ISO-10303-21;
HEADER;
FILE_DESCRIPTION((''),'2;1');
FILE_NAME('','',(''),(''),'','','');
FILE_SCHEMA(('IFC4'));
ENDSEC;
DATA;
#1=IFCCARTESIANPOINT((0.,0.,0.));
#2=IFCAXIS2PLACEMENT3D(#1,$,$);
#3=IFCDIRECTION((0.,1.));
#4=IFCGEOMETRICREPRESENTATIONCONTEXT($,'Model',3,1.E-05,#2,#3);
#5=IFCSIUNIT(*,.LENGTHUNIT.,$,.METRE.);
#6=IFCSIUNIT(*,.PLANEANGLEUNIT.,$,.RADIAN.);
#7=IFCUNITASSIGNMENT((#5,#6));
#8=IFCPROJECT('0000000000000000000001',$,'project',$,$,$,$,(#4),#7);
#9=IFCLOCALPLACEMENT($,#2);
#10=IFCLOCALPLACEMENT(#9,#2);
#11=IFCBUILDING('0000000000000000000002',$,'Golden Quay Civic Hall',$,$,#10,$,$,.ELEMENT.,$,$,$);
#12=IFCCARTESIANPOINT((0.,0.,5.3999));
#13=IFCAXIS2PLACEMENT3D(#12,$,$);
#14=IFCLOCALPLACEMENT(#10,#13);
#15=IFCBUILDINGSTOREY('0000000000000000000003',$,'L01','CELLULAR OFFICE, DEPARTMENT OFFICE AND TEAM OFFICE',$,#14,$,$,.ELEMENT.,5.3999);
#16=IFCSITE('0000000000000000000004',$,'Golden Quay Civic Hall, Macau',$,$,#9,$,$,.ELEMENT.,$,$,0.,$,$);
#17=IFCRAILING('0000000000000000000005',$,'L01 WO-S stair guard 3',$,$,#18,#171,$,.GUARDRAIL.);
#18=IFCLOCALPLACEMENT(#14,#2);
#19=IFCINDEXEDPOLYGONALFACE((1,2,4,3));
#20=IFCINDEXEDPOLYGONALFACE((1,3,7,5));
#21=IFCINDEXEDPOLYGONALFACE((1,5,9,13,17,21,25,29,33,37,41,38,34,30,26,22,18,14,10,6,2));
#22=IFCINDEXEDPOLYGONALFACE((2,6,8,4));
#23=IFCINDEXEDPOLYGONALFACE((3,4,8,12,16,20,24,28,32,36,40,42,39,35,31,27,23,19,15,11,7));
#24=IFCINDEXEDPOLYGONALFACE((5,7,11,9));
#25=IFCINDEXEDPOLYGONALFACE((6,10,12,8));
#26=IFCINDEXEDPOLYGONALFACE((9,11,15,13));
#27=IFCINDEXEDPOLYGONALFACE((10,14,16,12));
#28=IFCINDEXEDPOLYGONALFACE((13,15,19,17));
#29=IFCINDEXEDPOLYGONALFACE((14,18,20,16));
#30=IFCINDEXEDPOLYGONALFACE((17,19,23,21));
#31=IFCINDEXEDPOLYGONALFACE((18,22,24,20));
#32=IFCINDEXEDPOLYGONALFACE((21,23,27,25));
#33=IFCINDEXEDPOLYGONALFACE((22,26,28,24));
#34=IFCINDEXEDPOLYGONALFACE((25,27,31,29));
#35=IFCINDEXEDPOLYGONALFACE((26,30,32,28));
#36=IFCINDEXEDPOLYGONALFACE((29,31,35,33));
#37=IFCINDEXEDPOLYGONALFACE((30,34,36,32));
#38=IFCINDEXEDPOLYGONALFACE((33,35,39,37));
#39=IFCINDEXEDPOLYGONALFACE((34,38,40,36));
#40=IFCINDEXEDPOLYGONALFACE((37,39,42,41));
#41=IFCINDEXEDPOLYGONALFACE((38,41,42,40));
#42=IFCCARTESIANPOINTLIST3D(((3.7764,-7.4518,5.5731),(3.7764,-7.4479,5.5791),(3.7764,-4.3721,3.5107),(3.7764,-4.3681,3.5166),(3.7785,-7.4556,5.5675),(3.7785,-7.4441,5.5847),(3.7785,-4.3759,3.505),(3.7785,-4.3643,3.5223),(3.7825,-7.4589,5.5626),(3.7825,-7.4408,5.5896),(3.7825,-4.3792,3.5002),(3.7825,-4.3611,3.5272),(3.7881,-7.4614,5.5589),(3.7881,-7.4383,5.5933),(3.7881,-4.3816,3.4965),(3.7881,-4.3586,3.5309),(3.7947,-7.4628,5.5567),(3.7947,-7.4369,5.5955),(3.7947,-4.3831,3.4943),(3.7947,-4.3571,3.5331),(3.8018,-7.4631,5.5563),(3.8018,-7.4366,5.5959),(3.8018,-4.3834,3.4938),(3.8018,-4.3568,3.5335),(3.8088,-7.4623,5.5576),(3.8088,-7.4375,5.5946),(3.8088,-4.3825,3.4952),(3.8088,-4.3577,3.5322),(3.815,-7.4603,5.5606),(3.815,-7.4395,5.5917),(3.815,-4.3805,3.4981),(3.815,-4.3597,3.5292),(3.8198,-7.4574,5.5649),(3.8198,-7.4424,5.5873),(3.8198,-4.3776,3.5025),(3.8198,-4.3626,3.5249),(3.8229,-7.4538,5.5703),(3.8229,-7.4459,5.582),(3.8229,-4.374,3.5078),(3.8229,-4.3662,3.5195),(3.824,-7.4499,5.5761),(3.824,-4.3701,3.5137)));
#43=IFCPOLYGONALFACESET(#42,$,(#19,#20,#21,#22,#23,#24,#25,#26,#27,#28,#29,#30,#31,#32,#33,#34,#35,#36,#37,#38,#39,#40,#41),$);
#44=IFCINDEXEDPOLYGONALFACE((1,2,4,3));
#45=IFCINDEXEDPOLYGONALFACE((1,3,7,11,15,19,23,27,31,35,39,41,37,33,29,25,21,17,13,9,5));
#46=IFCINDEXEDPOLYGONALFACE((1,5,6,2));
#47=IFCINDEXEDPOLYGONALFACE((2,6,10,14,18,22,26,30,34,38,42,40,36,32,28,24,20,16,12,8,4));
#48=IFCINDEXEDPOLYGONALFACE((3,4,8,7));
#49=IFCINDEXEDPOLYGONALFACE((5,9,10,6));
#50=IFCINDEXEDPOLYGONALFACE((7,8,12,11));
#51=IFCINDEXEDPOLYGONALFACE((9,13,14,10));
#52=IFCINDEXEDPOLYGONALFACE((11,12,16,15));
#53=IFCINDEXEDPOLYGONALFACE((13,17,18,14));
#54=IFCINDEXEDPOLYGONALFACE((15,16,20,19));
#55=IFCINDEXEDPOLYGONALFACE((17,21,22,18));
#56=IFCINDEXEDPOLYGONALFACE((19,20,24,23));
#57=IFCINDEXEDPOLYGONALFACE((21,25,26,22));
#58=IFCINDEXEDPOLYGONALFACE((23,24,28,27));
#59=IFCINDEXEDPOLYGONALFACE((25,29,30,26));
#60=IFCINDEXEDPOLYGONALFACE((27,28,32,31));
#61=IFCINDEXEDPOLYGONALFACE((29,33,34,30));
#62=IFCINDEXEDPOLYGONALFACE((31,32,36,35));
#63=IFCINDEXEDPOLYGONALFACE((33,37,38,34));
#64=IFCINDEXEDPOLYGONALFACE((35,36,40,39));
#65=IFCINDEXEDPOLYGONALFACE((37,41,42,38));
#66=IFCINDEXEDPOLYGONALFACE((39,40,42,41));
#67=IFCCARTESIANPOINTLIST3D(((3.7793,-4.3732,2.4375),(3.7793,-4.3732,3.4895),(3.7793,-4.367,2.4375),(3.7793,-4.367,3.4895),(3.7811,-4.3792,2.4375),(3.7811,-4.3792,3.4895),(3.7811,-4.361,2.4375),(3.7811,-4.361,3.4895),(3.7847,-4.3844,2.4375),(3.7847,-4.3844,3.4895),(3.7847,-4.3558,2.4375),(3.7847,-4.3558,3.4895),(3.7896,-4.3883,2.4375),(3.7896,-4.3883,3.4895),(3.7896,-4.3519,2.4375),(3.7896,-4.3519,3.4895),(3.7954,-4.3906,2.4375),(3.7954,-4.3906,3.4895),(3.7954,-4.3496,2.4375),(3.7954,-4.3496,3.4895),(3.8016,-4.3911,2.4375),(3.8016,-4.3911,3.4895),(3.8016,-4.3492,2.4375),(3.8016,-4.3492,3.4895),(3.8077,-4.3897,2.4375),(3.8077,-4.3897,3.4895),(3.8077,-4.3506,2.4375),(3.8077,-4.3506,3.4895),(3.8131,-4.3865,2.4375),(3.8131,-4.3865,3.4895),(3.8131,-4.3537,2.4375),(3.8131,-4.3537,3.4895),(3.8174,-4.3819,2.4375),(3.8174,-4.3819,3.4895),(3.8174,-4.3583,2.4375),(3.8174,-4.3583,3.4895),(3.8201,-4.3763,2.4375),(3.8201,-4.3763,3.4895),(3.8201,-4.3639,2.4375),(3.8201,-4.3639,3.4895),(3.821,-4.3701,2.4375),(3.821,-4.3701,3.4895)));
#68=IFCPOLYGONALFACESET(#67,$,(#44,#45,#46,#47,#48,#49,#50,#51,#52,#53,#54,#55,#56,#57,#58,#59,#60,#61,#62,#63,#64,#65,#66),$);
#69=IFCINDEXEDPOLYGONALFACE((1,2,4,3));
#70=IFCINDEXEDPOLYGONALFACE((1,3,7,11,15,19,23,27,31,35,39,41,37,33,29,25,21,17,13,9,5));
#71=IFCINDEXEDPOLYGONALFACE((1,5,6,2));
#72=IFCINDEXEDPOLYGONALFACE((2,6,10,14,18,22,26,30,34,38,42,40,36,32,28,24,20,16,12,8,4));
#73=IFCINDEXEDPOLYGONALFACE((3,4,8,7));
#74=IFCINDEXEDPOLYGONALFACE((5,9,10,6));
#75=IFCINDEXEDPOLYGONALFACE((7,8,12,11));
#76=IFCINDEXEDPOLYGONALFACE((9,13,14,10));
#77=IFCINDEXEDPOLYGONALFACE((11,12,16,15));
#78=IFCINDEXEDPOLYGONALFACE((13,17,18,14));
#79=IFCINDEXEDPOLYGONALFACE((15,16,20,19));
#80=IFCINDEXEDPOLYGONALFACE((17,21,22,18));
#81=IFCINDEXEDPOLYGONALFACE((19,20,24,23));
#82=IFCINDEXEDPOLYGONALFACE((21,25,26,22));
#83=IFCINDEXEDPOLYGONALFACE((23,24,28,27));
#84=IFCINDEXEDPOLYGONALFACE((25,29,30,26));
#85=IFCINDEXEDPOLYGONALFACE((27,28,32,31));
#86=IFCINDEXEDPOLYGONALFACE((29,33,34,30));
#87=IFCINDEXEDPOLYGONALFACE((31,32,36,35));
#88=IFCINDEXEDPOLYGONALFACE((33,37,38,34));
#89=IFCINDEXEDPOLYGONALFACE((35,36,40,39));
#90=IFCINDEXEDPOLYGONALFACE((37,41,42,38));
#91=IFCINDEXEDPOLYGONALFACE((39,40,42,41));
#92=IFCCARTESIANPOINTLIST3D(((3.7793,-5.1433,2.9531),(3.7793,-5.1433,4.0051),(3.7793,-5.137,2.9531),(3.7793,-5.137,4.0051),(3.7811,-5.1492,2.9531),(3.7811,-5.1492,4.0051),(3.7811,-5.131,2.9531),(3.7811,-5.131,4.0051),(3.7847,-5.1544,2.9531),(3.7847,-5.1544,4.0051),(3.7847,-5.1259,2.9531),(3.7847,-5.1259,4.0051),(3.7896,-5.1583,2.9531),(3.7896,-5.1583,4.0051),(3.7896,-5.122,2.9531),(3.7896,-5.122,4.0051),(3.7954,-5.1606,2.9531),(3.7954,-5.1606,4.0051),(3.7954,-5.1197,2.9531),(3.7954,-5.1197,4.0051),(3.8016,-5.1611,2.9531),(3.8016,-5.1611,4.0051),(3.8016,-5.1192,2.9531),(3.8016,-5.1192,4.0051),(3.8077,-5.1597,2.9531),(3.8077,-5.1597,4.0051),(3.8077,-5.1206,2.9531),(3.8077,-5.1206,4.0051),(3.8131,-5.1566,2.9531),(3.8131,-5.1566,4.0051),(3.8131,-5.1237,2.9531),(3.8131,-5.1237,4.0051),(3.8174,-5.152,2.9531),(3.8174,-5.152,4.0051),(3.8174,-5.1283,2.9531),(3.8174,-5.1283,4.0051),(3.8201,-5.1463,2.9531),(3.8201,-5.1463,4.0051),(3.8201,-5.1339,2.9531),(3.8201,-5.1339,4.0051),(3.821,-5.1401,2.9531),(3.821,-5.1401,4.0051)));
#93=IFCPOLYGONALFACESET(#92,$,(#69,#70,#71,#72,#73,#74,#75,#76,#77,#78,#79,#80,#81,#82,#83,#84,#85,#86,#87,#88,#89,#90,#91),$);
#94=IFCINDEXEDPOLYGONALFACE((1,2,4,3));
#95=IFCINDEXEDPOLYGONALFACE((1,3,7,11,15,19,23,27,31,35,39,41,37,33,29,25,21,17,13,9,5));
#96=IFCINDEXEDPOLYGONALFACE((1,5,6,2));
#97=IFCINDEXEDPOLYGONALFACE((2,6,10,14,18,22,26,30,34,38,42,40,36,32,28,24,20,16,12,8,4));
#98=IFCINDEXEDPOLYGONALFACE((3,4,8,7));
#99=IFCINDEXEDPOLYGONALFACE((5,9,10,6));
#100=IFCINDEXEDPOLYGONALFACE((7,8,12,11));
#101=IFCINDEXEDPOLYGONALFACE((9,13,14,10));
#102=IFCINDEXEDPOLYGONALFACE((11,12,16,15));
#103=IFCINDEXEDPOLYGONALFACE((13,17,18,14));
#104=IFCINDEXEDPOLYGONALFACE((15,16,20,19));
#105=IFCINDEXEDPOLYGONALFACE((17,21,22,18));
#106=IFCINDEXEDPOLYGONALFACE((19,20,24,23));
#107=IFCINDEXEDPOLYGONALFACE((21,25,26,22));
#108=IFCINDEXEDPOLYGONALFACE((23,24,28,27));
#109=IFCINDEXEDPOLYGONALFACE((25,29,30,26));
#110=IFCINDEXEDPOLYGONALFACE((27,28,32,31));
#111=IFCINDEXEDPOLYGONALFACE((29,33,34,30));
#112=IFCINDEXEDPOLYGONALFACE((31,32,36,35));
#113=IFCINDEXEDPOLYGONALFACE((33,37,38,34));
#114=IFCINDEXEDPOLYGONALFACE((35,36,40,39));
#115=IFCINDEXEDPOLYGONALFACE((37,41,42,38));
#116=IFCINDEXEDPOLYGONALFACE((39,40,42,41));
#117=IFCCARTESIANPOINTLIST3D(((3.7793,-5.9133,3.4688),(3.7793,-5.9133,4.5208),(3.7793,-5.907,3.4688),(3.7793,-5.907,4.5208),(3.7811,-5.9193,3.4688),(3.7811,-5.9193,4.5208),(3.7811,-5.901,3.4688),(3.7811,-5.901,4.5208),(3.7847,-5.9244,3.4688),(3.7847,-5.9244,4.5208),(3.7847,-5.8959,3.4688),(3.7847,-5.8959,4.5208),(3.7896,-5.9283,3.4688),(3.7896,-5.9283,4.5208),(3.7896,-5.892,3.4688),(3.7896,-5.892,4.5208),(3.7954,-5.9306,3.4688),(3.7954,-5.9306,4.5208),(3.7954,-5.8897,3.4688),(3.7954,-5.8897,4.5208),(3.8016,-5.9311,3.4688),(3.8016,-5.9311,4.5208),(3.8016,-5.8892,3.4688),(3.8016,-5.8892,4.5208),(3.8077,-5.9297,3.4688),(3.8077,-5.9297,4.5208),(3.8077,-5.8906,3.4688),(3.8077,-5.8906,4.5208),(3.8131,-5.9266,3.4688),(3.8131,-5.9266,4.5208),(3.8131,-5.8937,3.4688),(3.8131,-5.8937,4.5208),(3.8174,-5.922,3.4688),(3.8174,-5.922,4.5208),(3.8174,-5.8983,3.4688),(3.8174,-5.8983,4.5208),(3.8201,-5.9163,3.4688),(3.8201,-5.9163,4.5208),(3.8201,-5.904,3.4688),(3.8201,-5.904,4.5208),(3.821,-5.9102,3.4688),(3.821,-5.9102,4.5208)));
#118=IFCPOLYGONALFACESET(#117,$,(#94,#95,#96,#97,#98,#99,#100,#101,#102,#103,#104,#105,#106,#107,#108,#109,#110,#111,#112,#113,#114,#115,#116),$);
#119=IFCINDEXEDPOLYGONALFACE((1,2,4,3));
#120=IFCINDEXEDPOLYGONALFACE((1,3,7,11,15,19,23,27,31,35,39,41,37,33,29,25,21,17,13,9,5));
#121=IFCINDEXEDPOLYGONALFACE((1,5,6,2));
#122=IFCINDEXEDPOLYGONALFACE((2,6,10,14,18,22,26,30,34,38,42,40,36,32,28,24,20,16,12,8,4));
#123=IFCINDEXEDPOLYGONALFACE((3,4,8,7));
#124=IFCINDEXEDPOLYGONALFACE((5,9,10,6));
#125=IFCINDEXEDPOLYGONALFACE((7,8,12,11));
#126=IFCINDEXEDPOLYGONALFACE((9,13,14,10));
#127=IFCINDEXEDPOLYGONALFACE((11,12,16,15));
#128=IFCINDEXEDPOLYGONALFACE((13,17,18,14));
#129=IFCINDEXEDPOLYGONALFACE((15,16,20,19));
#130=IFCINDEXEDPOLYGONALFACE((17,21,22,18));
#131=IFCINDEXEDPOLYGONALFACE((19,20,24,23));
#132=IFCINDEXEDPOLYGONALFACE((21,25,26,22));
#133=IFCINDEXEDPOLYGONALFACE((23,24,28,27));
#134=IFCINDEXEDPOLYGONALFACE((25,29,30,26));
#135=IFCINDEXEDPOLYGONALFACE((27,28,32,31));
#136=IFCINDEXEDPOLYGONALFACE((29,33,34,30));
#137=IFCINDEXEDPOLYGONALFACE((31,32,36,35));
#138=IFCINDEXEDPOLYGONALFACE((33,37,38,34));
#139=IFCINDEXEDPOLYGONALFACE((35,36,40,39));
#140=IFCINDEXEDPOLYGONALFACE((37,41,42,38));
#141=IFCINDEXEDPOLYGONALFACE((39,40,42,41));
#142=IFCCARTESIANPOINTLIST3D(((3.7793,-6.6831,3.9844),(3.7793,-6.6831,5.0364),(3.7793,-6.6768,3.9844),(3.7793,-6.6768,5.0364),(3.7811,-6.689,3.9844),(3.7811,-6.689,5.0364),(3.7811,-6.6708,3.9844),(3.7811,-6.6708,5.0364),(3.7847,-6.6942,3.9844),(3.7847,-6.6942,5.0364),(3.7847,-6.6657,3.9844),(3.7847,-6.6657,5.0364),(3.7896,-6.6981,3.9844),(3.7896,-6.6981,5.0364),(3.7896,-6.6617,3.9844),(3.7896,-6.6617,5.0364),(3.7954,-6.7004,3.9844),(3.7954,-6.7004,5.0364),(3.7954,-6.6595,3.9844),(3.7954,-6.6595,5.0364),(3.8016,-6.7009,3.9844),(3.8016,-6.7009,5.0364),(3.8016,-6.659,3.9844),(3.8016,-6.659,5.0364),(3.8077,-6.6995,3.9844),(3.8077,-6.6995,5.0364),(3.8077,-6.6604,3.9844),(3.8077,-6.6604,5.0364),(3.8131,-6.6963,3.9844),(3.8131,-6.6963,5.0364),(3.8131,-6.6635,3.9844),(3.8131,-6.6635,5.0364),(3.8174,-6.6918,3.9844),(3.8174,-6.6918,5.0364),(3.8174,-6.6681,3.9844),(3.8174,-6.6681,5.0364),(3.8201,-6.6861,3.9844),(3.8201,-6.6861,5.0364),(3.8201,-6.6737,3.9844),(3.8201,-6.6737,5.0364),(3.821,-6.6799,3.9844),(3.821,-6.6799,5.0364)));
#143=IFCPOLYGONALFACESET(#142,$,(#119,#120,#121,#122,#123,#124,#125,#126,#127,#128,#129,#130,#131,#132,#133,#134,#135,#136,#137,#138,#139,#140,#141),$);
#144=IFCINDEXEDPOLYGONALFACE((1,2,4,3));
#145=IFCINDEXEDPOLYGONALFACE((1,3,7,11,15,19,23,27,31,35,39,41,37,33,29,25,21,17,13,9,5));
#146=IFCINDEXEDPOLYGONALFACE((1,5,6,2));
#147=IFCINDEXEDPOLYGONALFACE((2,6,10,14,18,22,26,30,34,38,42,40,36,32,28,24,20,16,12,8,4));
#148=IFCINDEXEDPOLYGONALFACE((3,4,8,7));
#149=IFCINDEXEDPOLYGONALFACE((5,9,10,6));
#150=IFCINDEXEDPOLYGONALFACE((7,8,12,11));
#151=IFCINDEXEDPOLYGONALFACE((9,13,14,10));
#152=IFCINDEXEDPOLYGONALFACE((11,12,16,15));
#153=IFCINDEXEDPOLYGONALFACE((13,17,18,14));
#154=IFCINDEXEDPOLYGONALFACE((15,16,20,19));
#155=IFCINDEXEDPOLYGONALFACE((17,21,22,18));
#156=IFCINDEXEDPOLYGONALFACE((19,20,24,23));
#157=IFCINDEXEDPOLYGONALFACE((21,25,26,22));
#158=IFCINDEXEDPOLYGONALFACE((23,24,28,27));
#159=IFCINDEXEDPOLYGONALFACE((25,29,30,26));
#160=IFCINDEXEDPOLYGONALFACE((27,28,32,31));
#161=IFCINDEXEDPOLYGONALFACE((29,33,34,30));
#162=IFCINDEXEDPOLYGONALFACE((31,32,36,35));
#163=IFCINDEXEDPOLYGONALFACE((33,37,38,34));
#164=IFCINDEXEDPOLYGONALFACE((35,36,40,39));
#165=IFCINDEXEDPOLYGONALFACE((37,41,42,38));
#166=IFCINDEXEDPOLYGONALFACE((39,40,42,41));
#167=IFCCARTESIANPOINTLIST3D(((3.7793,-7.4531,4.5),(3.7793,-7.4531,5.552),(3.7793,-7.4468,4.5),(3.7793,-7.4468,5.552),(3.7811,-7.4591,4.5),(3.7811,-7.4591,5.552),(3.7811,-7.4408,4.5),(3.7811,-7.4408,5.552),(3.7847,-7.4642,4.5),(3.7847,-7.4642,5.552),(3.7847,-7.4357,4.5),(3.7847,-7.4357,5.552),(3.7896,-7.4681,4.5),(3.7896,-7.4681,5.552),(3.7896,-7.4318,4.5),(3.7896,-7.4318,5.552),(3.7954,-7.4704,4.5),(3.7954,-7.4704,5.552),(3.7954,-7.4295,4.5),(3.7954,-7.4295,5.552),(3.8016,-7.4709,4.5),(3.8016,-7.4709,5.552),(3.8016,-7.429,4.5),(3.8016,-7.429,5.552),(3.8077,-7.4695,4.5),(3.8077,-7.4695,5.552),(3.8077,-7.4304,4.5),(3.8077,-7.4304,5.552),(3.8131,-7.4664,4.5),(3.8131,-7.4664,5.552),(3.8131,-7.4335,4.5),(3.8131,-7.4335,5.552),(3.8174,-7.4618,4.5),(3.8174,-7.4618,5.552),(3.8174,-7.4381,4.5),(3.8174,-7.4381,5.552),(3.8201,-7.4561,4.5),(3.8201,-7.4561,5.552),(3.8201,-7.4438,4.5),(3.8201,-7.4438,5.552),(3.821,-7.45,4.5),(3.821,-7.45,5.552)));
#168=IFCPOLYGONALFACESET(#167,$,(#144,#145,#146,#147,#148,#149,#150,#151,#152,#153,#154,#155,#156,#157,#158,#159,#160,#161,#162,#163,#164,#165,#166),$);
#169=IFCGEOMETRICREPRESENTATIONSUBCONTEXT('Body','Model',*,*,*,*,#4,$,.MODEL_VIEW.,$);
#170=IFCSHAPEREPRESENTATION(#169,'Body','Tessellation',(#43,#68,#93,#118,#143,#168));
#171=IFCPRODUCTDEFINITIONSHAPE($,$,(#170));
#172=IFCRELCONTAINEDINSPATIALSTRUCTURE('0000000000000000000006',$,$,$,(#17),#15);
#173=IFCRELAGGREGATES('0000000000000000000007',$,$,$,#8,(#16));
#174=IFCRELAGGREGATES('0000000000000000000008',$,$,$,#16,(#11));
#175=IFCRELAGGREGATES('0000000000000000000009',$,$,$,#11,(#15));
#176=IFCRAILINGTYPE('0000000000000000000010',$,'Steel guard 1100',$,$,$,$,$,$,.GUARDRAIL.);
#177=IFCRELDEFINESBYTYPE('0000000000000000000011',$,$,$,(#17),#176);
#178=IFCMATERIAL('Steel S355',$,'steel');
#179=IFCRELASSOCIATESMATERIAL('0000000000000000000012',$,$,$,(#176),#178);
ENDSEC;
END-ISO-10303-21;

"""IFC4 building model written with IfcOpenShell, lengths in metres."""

from ifc_helpers import new_model, si_unit, direction, frame, origin, origin_2d, place, context, subcontext, project, spatial, circle, extrude, material, type_object, element, save


model = new_model("IFC4")

# Units and contexts
model_context = context("Model", 3, precision=1e-05, world=origin(), true_north=direction((0.0, 1.0)))
body_context = subcontext(model_context, "Body", "Model", "MODEL_VIEW")
ifc_project = project(units=[si_unit("LENGTHUNIT", "METRE"), si_unit("PLANEANGLEUNIT", "RADIAN")], contexts=[model_context])

# Site, building, storey
site_placement = place(None, origin())
site = spatial("IfcSite", under=ifc_project, at=site_placement, Name="Golden Quay Civic Hall, Macau", CompositionType="ELEMENT", RefElevation=0.0)
building_placement = place(site_placement, origin())
building = spatial("IfcBuilding", under=site, at=building_placement, Name="Golden Quay Civic Hall", CompositionType="ELEMENT")
storey_placement = place(building_placement, frame((0.0, 0.0, 5.3999)))
storey = spatial("IfcBuildingStorey", under=building, at=storey_placement, Name="L01", Description="CELLULAR OFFICE, DEPARTMENT OFFICE AND TEAM OFFICE", CompositionType="ELEMENT", Elevation=5.3999)

# Railing
ifc_material_1 = material(Name="Steel S355", Category="steel")
railing_type_1 = type_object("IfcRailingType", Name="Steel guard 1100", PredefinedType="GUARDRAIL", material=ifc_material_1)
railing_1_placement = place(storey_placement, frame((3.8, -4.3701, 2.4375)))
element("IfcRailing", 1, at=railing_1_placement, inside=storey, type_object=railing_type_1, Name="L01 WO-S stair guard 3", PredefinedType="GUARDRAIL", context=body_context, shape_type="SweptSolid", body=[
    extrude(circle(Radius=0.0239, at=origin_2d()), frame((0.0, 0.0, 1.0762), z_axis=(0.0, -0.830893, 0.556432), x_axis=(1.0, 0.0, 0.0)), (0.0, 0.0, 1.0), 3.7065),
    extrude(circle(Radius=0.021, at=origin_2d()), origin(), (0.0, 0.0, 1.0), 1.052),
    extrude(circle(Radius=0.021, at=origin_2d()), frame((0.0, -0.77, 0.5156)), (0.0, 0.0, 1.0), 1.052),
    extrude(circle(Radius=0.021, at=origin_2d()), frame((0.0, -1.54, 1.0312)), (0.0, 0.0, 1.0), 1.052),
    extrude(circle(Radius=0.021, at=origin_2d()), frame((0.0, -2.3098, 1.5469)), (0.0, 0.0, 1.0), 1.052),
    extrude(circle(Radius=0.021, at=origin_2d()), frame((0.0, -3.0798, 2.0625)), (0.0, 0.0, 1.0), 1.052),
])

save(model, "model.ifc")
